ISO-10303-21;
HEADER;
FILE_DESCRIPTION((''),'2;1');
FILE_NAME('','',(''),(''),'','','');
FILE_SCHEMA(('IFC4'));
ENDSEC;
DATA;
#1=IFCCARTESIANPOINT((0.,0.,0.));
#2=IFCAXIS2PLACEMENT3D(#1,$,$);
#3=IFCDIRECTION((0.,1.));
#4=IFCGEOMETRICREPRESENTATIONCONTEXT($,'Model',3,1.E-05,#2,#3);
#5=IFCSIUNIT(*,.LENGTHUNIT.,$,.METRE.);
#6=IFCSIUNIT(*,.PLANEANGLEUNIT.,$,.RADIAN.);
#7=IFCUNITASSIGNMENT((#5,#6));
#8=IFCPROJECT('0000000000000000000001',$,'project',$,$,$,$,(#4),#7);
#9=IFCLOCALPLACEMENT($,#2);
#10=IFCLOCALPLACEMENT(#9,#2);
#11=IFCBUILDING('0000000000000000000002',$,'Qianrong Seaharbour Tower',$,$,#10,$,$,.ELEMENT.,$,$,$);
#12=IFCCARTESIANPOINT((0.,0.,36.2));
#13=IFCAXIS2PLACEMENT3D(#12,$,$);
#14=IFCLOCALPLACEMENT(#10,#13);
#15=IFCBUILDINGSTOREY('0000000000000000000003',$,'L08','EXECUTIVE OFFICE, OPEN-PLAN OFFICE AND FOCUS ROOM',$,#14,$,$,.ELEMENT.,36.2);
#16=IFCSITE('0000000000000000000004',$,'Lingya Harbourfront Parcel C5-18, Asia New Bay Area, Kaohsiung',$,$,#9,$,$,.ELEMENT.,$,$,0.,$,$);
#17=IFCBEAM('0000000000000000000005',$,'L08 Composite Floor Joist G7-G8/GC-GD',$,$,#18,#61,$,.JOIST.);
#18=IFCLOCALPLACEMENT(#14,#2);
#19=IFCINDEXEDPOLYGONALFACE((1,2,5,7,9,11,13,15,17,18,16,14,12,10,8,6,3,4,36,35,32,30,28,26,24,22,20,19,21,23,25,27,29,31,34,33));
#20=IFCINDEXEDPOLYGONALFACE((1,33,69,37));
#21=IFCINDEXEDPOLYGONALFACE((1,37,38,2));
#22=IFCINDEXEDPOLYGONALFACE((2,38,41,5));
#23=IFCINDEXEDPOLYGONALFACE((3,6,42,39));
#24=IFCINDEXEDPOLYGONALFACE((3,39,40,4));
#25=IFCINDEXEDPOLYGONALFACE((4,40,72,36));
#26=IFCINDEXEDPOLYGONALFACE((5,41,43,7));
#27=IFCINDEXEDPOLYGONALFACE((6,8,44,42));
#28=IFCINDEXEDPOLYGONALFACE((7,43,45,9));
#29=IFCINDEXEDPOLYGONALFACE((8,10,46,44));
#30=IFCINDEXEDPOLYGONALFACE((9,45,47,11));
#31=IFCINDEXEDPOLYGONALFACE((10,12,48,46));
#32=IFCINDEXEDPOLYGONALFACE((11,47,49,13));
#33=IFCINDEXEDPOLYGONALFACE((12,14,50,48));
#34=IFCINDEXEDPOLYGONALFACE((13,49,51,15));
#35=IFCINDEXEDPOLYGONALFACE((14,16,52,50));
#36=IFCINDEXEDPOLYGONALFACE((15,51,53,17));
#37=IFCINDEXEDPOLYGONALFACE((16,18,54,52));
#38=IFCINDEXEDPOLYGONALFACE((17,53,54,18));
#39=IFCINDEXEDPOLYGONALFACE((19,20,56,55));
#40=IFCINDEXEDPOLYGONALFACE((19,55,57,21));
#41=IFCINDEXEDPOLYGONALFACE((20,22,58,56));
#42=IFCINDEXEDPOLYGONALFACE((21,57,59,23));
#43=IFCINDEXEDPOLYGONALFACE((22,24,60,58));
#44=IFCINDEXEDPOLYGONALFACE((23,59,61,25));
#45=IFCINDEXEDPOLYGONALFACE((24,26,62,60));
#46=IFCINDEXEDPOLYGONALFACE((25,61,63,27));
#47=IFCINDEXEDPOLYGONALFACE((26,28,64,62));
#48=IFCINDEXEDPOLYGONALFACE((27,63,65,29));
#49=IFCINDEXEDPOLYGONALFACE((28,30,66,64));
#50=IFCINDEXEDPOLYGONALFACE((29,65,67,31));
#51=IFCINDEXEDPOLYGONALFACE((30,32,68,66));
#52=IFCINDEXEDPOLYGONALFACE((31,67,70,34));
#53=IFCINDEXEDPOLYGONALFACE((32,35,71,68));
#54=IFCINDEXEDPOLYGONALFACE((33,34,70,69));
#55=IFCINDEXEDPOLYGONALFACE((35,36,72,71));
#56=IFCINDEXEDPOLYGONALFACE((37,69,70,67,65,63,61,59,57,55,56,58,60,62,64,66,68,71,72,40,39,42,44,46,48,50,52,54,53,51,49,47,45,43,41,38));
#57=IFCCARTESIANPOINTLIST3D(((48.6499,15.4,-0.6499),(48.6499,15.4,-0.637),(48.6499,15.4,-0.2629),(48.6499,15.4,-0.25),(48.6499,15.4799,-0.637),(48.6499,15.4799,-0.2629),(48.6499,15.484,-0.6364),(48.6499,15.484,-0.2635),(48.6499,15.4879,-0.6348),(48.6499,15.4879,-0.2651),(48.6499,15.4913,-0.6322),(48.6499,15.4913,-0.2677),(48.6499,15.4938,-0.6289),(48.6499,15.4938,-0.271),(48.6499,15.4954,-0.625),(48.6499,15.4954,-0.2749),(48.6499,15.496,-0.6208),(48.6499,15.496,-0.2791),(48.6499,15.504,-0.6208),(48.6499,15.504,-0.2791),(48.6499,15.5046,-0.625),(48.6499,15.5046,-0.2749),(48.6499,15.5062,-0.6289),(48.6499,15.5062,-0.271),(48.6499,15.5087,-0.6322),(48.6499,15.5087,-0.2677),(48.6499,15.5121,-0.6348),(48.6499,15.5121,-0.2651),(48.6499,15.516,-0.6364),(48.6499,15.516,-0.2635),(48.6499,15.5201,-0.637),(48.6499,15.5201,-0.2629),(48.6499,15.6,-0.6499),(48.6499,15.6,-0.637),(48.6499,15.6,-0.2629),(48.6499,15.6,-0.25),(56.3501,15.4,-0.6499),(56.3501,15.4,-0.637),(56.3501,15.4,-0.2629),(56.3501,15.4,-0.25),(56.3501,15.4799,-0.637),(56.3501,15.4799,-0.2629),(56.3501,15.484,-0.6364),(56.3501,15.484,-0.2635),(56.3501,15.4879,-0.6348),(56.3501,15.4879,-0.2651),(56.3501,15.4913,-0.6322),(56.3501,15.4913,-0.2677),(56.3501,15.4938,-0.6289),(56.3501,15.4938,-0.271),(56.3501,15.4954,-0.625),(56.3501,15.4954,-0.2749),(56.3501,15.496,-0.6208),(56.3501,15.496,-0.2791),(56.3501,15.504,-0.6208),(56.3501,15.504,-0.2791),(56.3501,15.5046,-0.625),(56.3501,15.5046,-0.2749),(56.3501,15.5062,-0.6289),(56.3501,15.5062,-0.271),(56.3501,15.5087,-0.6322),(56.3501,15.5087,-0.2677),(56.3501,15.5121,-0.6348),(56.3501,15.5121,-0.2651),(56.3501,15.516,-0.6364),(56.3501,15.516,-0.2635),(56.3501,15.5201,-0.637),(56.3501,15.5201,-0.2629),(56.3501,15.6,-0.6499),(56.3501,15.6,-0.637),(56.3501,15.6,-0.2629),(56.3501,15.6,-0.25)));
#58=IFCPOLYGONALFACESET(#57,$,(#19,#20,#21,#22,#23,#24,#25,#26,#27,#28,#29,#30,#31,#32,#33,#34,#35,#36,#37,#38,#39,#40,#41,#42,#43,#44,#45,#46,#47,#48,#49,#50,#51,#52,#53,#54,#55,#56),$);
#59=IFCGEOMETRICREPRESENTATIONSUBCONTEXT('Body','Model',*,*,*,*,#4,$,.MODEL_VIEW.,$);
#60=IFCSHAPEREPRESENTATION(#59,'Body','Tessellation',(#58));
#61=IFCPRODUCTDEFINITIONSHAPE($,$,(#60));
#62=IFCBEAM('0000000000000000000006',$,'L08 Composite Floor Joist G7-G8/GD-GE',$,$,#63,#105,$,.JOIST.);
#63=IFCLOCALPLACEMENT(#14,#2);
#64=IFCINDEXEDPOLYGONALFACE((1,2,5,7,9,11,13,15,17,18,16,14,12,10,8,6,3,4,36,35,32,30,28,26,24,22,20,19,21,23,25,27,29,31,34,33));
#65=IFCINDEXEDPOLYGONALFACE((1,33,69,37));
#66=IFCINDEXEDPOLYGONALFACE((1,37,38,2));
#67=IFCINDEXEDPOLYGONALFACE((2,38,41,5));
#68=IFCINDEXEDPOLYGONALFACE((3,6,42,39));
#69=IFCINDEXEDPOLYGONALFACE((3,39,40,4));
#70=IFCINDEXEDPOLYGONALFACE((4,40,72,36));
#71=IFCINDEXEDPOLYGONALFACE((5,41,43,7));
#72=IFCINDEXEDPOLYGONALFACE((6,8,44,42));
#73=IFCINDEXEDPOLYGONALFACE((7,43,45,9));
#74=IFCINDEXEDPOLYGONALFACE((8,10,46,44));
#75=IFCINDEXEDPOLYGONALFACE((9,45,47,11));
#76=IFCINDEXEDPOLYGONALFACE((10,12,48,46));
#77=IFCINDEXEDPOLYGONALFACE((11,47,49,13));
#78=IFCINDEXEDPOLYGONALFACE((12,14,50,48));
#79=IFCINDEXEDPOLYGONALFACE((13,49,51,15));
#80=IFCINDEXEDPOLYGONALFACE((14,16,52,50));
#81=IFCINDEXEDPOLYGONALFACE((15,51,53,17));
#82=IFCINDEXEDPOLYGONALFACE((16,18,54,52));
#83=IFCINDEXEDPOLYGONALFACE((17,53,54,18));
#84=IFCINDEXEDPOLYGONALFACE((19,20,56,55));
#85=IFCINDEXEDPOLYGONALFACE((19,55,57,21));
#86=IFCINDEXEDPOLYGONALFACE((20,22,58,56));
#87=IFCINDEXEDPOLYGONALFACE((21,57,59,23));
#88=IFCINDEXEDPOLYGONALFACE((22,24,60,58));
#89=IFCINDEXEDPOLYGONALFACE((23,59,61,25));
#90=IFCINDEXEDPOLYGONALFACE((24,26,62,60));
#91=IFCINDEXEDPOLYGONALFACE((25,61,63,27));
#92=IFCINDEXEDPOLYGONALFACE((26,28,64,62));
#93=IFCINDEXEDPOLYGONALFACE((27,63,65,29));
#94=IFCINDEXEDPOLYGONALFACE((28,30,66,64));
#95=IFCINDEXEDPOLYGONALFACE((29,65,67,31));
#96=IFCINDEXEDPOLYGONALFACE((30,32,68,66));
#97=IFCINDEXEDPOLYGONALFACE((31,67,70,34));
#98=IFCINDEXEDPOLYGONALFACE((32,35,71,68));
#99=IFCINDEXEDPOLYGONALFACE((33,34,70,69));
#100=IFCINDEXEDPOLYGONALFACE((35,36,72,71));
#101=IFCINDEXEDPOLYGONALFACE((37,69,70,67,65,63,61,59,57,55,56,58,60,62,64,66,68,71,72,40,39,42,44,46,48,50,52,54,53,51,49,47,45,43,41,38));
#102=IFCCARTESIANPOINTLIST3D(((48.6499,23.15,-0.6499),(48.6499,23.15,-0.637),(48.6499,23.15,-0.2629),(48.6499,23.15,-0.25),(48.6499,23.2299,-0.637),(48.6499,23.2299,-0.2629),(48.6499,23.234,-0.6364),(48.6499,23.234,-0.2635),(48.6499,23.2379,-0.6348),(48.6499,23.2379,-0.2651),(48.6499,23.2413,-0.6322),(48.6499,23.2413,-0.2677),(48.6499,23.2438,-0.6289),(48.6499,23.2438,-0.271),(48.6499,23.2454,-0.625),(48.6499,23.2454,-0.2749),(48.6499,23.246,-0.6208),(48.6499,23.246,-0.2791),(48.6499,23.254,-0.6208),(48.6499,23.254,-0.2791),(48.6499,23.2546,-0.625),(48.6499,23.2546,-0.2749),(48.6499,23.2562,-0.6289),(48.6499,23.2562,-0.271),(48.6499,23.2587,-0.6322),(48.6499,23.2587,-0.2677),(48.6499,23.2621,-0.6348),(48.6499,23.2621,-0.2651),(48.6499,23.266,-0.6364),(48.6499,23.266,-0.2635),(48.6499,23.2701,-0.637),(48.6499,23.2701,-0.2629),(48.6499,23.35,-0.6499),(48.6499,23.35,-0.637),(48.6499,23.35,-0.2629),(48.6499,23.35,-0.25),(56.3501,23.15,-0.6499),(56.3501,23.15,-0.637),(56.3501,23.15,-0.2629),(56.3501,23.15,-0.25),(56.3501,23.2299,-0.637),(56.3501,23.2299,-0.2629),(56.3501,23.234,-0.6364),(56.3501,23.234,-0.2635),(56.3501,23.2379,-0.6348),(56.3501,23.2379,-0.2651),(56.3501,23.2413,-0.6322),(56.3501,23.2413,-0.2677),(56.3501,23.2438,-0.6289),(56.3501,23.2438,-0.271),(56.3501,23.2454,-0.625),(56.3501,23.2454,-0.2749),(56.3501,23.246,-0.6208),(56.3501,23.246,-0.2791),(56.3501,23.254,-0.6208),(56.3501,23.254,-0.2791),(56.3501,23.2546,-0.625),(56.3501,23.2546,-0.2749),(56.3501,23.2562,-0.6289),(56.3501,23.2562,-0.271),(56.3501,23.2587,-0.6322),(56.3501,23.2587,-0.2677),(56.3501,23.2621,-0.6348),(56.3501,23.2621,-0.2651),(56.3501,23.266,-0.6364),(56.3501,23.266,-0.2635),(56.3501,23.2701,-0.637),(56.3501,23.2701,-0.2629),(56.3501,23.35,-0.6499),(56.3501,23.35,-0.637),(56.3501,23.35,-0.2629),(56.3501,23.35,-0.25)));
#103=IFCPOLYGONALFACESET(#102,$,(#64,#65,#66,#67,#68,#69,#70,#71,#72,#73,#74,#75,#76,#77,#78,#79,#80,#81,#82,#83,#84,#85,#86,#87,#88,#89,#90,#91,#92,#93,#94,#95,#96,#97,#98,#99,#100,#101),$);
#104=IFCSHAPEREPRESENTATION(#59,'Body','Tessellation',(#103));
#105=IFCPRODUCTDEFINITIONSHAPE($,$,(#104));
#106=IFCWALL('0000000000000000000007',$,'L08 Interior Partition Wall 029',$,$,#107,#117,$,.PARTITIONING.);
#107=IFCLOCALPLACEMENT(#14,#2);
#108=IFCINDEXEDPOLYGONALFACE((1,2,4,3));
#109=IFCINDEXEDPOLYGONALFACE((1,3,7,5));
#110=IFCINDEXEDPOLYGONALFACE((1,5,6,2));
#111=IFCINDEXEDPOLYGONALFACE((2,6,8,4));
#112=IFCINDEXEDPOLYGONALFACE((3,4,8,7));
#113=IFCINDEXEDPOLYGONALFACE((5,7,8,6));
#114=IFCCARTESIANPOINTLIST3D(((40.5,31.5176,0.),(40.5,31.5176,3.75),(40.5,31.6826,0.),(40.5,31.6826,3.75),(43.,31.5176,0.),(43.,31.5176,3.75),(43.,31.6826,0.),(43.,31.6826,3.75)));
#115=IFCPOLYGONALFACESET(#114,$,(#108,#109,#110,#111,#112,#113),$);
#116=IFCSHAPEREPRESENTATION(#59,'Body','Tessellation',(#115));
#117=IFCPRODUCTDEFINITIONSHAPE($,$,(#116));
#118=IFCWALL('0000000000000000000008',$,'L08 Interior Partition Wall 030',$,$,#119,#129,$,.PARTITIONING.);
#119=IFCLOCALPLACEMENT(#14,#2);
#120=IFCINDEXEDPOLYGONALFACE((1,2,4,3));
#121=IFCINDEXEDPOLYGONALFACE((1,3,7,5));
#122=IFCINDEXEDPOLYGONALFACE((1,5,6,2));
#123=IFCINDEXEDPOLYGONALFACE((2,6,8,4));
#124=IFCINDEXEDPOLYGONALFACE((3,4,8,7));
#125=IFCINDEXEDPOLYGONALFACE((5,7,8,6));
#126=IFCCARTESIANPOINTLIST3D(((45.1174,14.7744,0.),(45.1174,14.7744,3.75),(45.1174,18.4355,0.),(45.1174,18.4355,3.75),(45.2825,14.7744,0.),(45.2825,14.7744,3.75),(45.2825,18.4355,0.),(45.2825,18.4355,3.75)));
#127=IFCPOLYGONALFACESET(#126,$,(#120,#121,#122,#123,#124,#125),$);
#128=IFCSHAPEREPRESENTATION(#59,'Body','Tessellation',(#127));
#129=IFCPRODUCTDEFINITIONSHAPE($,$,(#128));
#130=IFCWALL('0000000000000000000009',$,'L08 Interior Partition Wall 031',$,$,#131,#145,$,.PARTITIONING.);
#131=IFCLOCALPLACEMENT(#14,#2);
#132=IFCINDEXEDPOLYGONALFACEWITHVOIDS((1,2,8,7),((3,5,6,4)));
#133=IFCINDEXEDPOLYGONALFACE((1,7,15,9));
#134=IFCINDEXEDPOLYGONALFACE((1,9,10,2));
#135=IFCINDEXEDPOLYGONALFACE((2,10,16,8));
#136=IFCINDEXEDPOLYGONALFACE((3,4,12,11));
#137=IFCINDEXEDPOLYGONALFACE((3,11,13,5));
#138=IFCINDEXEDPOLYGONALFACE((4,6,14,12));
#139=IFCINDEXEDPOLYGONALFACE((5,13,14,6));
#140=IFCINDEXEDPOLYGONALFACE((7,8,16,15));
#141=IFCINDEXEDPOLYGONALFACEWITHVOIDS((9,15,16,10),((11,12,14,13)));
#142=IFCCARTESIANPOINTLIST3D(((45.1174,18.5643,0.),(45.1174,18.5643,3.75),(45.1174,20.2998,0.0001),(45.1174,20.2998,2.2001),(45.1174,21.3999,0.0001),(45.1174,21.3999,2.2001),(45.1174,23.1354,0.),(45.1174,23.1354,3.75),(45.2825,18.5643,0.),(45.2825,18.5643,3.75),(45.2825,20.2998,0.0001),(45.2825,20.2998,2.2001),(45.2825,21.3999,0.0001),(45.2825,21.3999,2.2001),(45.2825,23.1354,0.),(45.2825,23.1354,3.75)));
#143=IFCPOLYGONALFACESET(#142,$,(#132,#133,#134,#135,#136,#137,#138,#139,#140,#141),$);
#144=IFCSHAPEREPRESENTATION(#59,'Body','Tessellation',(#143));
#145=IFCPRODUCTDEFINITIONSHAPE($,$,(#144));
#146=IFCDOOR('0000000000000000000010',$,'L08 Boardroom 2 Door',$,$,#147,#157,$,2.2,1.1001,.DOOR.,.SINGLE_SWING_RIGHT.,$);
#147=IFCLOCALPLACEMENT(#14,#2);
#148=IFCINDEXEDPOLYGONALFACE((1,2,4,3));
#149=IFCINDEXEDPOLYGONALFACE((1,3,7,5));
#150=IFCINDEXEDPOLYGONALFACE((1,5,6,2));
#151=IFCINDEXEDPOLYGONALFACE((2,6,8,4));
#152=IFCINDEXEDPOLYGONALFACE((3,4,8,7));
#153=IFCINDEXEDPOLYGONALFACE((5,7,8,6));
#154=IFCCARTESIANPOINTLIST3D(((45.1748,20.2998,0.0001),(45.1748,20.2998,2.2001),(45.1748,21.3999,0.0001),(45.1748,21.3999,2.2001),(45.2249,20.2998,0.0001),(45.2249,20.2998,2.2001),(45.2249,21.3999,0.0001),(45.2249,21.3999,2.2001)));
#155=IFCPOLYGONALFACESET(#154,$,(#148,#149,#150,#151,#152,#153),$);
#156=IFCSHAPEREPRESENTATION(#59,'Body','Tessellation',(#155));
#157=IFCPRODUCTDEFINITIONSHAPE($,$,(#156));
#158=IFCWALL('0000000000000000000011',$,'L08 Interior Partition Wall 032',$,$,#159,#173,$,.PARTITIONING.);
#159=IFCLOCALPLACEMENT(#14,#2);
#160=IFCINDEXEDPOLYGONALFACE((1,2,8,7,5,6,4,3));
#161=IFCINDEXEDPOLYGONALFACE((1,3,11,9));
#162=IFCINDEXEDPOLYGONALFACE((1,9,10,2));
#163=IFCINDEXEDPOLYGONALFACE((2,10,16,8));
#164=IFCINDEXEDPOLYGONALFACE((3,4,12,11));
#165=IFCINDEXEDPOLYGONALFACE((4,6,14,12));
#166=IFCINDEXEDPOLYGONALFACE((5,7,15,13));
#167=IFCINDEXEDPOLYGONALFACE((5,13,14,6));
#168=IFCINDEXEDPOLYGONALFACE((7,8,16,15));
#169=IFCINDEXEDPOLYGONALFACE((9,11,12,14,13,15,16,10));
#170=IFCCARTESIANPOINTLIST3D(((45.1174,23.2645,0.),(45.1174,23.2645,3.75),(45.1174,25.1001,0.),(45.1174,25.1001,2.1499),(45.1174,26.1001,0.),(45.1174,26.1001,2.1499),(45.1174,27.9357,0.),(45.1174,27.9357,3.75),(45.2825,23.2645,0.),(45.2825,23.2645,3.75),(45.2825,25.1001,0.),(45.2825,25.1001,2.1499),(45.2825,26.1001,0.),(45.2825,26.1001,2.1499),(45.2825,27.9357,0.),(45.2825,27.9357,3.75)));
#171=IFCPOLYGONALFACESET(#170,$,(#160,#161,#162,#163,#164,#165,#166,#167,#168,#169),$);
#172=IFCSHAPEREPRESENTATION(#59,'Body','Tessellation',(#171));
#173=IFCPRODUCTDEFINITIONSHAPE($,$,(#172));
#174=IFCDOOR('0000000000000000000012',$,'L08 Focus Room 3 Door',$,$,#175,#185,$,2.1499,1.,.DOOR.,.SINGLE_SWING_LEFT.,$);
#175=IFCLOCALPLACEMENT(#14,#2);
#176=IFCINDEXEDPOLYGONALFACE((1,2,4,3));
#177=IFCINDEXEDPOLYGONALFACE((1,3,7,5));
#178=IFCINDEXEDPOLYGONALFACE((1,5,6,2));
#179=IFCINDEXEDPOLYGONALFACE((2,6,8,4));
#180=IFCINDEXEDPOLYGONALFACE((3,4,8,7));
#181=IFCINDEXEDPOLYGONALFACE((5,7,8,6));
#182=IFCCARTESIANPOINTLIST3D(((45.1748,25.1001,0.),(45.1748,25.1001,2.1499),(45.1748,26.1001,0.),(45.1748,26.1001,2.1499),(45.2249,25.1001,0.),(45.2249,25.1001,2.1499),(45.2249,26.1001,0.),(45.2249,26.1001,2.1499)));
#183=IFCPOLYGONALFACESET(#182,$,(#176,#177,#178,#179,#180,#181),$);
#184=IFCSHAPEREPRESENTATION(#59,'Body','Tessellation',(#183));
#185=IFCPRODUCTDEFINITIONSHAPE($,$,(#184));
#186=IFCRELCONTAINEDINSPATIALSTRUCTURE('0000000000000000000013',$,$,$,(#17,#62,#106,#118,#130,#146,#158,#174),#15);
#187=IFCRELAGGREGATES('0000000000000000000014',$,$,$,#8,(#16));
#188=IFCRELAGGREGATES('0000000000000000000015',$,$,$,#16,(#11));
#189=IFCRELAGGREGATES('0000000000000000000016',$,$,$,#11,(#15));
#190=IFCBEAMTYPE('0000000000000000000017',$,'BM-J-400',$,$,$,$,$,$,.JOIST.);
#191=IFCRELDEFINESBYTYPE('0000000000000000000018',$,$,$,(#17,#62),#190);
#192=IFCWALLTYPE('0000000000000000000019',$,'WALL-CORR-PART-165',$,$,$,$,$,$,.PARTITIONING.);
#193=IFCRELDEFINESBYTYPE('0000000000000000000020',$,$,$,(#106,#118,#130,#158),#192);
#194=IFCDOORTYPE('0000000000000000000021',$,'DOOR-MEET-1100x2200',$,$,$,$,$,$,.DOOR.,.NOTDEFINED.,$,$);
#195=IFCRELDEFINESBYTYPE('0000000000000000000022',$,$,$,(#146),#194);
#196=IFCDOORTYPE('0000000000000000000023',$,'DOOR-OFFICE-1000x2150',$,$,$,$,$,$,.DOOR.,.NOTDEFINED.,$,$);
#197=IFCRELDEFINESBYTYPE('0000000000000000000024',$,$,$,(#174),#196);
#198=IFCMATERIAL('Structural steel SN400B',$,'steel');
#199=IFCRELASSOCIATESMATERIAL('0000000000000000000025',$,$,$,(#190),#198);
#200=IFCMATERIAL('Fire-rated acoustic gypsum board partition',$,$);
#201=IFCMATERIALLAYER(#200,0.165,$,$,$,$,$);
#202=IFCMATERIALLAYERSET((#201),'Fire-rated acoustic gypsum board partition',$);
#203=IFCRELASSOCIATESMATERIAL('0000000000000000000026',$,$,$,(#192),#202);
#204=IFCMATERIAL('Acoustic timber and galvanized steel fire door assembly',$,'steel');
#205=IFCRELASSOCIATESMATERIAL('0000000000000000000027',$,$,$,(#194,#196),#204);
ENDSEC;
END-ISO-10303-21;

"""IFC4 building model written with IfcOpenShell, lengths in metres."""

from ifc_helpers import new_model, si_unit, direction, frame, frame_2d, origin, origin_2d, place, context, subcontext, project, spatial, rectangle, i_section, extrude, material, layer, layer_set, material_profile, profile_set, type_object, element, fill, save


model = new_model("IFC4")

# Units and contexts
model_context = context("Model", 3, precision=1e-05, world=origin(), true_north=direction((0.0, 1.0)))
body_context = subcontext(model_context, "Body", "Model", "MODEL_VIEW")
ifc_project = project(units=[si_unit("LENGTHUNIT", "METRE"), si_unit("PLANEANGLEUNIT", "RADIAN")], contexts=[model_context])

# Site, building, storey
site_placement = place(None, origin())
site = spatial("IfcSite", under=ifc_project, at=site_placement, Name="Lingya Harbourfront Parcel C5-18, Asia New Bay Area, Kaohsiung", CompositionType="ELEMENT", RefElevation=0.0)
building_placement = place(site_placement, origin())
building = spatial("IfcBuilding", under=site, at=building_placement, Name="Qianrong Seaharbour Tower", CompositionType="ELEMENT")
storey_placement = place(building_placement, frame((0.0, 0.0, 36.2)))
storey = spatial("IfcBuildingStorey", under=building, at=storey_placement, Name="L08", Description="EXECUTIVE OFFICE, OPEN-PLAN OFFICE AND FOCUS ROOM", CompositionType="ELEMENT", Elevation=36.2)

# Beams
ifc_material_1 = material(Name="Structural steel SN400B", Category="steel")
ifc_material_profile_1 = material_profile(ifc_material_1, i_section(OverallWidth=0.2, OverallDepth=0.3999, WebThickness=0.0081, FlangeThickness=0.0129, FilletRadius=0.0161, at=origin_2d()), Name="H400x200x8x13")
ifc_profile_set_1 = profile_set([ifc_material_profile_1], Name="Structural steel SN400B")
beam_type_1 = type_object("IfcBeamType", Name="BM-J-400", PredefinedType="JOIST", material=ifc_profile_set_1)
for number, where, z_axis, x_axis, name in (
    (1, (48.6499, 15.5, -0.45), (1.0, 0.0, 0.0), (0.0, 1.0, 0.0), "L08 Composite Floor Joist G7-G8/GC-GD"),
    (2, (48.6499, 23.25, -0.45), (1.0, 0.0, 0.0), (0.0, 1.0, 0.0), "L08 Composite Floor Joist G7-G8/GD-GE"),
):
    element("IfcBeam", number, at=place(storey_placement, frame(where, z_axis=z_axis, x_axis=x_axis)), inside=storey, type_object=beam_type_1, Name=name, PredefinedType="JOIST", context=body_context, shape_type="SweptSolid", body=[
        extrude(i_section(OverallWidth=0.2, OverallDepth=0.3999, WebThickness=0.0081, FlangeThickness=0.0129, FilletRadius=0.0161, at=origin_2d()), origin(), (0.0, 0.0, 1.0), 7.7002),
    ])

# Walls
ifc_material_2 = material(Name="Fire-rated acoustic gypsum board partition")
ifc_layer_1 = layer(ifc_material_2, 0.165)
ifc_layer_set_1 = layer_set([ifc_layer_1], Name="Fire-rated acoustic gypsum board partition")
wall_type_1 = type_object("IfcWallType", Name="WALL-CORR-PART-165", PredefinedType="PARTITIONING", material=ifc_layer_set_1)
wall_1_placement = place(storey_placement, frame((43.0, 31.6001, 0.0), z_axis=(0.0, 0.0, 1.0), x_axis=(-1.0, 0.0, 0.0)))
element("IfcWall", 3, at=wall_1_placement, inside=storey, type_object=wall_type_1, Name="L08 Interior Partition Wall 029", PredefinedType="PARTITIONING", context=body_context, shape_type="SweptSolid", body=[
    extrude(rectangle(XDim=2.5, YDim=0.165, at=frame_2d((1.25, 0.0))), origin(), (0.0, 0.0, 1.0), 3.75),
])
wall_2_placement = place(storey_placement, frame((45.2, 18.4355, 0.0), z_axis=(0.0, 0.0, 1.0), x_axis=(0.0, -1.0, 0.0)))
element("IfcWall", 4, at=wall_2_placement, inside=storey, type_object=wall_type_1, Name="L08 Interior Partition Wall 030", PredefinedType="PARTITIONING", context=body_context, shape_type="SweptSolid", body=[
    extrude(rectangle(XDim=3.6611, YDim=0.165, at=frame_2d((1.8306, 0.0))), origin(), (0.0, 0.0, 1.0), 3.75),
])

# Walls, openings, doors
wall_3_placement = place(storey_placement, frame((45.2, 23.1355, 0.0), z_axis=(0.0, 0.0, 1.0), x_axis=(0.0, -1.0, 0.0)))
wall_3 = element("IfcWall", 5, at=wall_3_placement, inside=storey, type_object=wall_type_1, Name="L08 Interior Partition Wall 031", PredefinedType="PARTITIONING", context=body_context, shape_type="SweptSolid", body=[
    extrude(rectangle(XDim=4.571, YDim=0.165, at=frame_2d((2.2856, 0.0))), origin(), (0.0, 0.0, 1.0), 3.75),
])
opening_1_placement = place(wall_3_placement, frame((1.7356, 0.0, 0.0)))
opening_1 = element("IfcOpeningElement", 6, at=opening_1_placement, cuts=wall_3, PredefinedType="OPENING", context=body_context, shape_type="SweptSolid", body=[
    extrude(rectangle(XDim=1.1001, YDim=2.2, at=frame_2d((0.55, 1.1001))), frame((0.0, 0.0925, 0.0), z_axis=(0.0, -1.0, 0.0), x_axis=(1.0, 0.0, 0.0)), (0.0, 0.0, 1.0), 0.1851),
])
ifc_material_3 = material(Name="Acoustic timber and galvanized steel fire door assembly", Category="steel")
door_type_1 = type_object("IfcDoorType", Name="DOOR-MEET-1100x2200", OperationType="NOTDEFINED", PredefinedType="DOOR", material=ifc_material_3)
door_1_placement = place(opening_1_placement, origin())
door_1 = element("IfcDoor", 7, at=door_1_placement, inside=storey, type_object=door_type_1, Name="L08 Boardroom 2 Door", OperationType="SINGLE_SWING_RIGHT", OverallHeight=2.2, OverallWidth=1.1001, PredefinedType="DOOR", context=body_context, shape_type="SweptSolid", body=[
    extrude(rectangle(XDim=1.1001, YDim=2.2, at=frame_2d((0.55, 1.1001))), frame((0.0, 0.0249, 0.0), z_axis=(0.0, -1.0, 0.0), x_axis=(1.0, 0.0, 0.0)), (0.0, 0.0, 1.0), 0.05),
])
fill(opening_1, door_1)
wall_4_placement = place(storey_placement, frame((45.2, 27.9355, 0.0), z_axis=(0.0, 0.0, 1.0), x_axis=(0.0, -1.0, 0.0)))
wall_4 = element("IfcWall", 8, at=wall_4_placement, inside=storey, type_object=wall_type_1, Name="L08 Interior Partition Wall 032", PredefinedType="PARTITIONING", context=body_context, shape_type="SweptSolid", body=[
    extrude(rectangle(XDim=4.6711, YDim=0.165, at=frame_2d((2.3354, 0.0))), origin(), (0.0, 0.0, 1.0), 3.75),
])
opening_2_placement = place(wall_4_placement, frame((1.8354, 0.0, 0.0)))
opening_2 = element("IfcOpeningElement", 9, at=opening_2_placement, cuts=wall_4, PredefinedType="OPENING", context=body_context, shape_type="SweptSolid", body=[
    extrude(rectangle(XDim=1.0, YDim=2.1499, at=frame_2d((0.5, 1.075))), frame((0.0, 0.0925, 0.0), z_axis=(0.0, -1.0, 0.0), x_axis=(1.0, 0.0, 0.0)), (0.0, 0.0, 1.0), 0.1851),
])
door_type_2 = type_object("IfcDoorType", Name="DOOR-OFFICE-1000x2150", OperationType="NOTDEFINED", PredefinedType="DOOR", material=ifc_material_3)
door_2_placement = place(opening_2_placement, origin())
door_2 = element("IfcDoor", 10, at=door_2_placement, inside=storey, type_object=door_type_2, Name="L08 Focus Room 3 Door", OperationType="SINGLE_SWING_LEFT", OverallHeight=2.1499, OverallWidth=1.0, PredefinedType="DOOR", context=body_context, shape_type="SweptSolid", body=[
    extrude(rectangle(XDim=1.0, YDim=2.1499, at=frame_2d((0.5, 1.075))), frame((0.0, 0.0249, 0.0), z_axis=(0.0, -1.0, 0.0), x_axis=(1.0, 0.0, 0.0)), (0.0, 0.0, 1.0), 0.05),
])
fill(opening_2, door_2)

save(model, "model.ifc")
